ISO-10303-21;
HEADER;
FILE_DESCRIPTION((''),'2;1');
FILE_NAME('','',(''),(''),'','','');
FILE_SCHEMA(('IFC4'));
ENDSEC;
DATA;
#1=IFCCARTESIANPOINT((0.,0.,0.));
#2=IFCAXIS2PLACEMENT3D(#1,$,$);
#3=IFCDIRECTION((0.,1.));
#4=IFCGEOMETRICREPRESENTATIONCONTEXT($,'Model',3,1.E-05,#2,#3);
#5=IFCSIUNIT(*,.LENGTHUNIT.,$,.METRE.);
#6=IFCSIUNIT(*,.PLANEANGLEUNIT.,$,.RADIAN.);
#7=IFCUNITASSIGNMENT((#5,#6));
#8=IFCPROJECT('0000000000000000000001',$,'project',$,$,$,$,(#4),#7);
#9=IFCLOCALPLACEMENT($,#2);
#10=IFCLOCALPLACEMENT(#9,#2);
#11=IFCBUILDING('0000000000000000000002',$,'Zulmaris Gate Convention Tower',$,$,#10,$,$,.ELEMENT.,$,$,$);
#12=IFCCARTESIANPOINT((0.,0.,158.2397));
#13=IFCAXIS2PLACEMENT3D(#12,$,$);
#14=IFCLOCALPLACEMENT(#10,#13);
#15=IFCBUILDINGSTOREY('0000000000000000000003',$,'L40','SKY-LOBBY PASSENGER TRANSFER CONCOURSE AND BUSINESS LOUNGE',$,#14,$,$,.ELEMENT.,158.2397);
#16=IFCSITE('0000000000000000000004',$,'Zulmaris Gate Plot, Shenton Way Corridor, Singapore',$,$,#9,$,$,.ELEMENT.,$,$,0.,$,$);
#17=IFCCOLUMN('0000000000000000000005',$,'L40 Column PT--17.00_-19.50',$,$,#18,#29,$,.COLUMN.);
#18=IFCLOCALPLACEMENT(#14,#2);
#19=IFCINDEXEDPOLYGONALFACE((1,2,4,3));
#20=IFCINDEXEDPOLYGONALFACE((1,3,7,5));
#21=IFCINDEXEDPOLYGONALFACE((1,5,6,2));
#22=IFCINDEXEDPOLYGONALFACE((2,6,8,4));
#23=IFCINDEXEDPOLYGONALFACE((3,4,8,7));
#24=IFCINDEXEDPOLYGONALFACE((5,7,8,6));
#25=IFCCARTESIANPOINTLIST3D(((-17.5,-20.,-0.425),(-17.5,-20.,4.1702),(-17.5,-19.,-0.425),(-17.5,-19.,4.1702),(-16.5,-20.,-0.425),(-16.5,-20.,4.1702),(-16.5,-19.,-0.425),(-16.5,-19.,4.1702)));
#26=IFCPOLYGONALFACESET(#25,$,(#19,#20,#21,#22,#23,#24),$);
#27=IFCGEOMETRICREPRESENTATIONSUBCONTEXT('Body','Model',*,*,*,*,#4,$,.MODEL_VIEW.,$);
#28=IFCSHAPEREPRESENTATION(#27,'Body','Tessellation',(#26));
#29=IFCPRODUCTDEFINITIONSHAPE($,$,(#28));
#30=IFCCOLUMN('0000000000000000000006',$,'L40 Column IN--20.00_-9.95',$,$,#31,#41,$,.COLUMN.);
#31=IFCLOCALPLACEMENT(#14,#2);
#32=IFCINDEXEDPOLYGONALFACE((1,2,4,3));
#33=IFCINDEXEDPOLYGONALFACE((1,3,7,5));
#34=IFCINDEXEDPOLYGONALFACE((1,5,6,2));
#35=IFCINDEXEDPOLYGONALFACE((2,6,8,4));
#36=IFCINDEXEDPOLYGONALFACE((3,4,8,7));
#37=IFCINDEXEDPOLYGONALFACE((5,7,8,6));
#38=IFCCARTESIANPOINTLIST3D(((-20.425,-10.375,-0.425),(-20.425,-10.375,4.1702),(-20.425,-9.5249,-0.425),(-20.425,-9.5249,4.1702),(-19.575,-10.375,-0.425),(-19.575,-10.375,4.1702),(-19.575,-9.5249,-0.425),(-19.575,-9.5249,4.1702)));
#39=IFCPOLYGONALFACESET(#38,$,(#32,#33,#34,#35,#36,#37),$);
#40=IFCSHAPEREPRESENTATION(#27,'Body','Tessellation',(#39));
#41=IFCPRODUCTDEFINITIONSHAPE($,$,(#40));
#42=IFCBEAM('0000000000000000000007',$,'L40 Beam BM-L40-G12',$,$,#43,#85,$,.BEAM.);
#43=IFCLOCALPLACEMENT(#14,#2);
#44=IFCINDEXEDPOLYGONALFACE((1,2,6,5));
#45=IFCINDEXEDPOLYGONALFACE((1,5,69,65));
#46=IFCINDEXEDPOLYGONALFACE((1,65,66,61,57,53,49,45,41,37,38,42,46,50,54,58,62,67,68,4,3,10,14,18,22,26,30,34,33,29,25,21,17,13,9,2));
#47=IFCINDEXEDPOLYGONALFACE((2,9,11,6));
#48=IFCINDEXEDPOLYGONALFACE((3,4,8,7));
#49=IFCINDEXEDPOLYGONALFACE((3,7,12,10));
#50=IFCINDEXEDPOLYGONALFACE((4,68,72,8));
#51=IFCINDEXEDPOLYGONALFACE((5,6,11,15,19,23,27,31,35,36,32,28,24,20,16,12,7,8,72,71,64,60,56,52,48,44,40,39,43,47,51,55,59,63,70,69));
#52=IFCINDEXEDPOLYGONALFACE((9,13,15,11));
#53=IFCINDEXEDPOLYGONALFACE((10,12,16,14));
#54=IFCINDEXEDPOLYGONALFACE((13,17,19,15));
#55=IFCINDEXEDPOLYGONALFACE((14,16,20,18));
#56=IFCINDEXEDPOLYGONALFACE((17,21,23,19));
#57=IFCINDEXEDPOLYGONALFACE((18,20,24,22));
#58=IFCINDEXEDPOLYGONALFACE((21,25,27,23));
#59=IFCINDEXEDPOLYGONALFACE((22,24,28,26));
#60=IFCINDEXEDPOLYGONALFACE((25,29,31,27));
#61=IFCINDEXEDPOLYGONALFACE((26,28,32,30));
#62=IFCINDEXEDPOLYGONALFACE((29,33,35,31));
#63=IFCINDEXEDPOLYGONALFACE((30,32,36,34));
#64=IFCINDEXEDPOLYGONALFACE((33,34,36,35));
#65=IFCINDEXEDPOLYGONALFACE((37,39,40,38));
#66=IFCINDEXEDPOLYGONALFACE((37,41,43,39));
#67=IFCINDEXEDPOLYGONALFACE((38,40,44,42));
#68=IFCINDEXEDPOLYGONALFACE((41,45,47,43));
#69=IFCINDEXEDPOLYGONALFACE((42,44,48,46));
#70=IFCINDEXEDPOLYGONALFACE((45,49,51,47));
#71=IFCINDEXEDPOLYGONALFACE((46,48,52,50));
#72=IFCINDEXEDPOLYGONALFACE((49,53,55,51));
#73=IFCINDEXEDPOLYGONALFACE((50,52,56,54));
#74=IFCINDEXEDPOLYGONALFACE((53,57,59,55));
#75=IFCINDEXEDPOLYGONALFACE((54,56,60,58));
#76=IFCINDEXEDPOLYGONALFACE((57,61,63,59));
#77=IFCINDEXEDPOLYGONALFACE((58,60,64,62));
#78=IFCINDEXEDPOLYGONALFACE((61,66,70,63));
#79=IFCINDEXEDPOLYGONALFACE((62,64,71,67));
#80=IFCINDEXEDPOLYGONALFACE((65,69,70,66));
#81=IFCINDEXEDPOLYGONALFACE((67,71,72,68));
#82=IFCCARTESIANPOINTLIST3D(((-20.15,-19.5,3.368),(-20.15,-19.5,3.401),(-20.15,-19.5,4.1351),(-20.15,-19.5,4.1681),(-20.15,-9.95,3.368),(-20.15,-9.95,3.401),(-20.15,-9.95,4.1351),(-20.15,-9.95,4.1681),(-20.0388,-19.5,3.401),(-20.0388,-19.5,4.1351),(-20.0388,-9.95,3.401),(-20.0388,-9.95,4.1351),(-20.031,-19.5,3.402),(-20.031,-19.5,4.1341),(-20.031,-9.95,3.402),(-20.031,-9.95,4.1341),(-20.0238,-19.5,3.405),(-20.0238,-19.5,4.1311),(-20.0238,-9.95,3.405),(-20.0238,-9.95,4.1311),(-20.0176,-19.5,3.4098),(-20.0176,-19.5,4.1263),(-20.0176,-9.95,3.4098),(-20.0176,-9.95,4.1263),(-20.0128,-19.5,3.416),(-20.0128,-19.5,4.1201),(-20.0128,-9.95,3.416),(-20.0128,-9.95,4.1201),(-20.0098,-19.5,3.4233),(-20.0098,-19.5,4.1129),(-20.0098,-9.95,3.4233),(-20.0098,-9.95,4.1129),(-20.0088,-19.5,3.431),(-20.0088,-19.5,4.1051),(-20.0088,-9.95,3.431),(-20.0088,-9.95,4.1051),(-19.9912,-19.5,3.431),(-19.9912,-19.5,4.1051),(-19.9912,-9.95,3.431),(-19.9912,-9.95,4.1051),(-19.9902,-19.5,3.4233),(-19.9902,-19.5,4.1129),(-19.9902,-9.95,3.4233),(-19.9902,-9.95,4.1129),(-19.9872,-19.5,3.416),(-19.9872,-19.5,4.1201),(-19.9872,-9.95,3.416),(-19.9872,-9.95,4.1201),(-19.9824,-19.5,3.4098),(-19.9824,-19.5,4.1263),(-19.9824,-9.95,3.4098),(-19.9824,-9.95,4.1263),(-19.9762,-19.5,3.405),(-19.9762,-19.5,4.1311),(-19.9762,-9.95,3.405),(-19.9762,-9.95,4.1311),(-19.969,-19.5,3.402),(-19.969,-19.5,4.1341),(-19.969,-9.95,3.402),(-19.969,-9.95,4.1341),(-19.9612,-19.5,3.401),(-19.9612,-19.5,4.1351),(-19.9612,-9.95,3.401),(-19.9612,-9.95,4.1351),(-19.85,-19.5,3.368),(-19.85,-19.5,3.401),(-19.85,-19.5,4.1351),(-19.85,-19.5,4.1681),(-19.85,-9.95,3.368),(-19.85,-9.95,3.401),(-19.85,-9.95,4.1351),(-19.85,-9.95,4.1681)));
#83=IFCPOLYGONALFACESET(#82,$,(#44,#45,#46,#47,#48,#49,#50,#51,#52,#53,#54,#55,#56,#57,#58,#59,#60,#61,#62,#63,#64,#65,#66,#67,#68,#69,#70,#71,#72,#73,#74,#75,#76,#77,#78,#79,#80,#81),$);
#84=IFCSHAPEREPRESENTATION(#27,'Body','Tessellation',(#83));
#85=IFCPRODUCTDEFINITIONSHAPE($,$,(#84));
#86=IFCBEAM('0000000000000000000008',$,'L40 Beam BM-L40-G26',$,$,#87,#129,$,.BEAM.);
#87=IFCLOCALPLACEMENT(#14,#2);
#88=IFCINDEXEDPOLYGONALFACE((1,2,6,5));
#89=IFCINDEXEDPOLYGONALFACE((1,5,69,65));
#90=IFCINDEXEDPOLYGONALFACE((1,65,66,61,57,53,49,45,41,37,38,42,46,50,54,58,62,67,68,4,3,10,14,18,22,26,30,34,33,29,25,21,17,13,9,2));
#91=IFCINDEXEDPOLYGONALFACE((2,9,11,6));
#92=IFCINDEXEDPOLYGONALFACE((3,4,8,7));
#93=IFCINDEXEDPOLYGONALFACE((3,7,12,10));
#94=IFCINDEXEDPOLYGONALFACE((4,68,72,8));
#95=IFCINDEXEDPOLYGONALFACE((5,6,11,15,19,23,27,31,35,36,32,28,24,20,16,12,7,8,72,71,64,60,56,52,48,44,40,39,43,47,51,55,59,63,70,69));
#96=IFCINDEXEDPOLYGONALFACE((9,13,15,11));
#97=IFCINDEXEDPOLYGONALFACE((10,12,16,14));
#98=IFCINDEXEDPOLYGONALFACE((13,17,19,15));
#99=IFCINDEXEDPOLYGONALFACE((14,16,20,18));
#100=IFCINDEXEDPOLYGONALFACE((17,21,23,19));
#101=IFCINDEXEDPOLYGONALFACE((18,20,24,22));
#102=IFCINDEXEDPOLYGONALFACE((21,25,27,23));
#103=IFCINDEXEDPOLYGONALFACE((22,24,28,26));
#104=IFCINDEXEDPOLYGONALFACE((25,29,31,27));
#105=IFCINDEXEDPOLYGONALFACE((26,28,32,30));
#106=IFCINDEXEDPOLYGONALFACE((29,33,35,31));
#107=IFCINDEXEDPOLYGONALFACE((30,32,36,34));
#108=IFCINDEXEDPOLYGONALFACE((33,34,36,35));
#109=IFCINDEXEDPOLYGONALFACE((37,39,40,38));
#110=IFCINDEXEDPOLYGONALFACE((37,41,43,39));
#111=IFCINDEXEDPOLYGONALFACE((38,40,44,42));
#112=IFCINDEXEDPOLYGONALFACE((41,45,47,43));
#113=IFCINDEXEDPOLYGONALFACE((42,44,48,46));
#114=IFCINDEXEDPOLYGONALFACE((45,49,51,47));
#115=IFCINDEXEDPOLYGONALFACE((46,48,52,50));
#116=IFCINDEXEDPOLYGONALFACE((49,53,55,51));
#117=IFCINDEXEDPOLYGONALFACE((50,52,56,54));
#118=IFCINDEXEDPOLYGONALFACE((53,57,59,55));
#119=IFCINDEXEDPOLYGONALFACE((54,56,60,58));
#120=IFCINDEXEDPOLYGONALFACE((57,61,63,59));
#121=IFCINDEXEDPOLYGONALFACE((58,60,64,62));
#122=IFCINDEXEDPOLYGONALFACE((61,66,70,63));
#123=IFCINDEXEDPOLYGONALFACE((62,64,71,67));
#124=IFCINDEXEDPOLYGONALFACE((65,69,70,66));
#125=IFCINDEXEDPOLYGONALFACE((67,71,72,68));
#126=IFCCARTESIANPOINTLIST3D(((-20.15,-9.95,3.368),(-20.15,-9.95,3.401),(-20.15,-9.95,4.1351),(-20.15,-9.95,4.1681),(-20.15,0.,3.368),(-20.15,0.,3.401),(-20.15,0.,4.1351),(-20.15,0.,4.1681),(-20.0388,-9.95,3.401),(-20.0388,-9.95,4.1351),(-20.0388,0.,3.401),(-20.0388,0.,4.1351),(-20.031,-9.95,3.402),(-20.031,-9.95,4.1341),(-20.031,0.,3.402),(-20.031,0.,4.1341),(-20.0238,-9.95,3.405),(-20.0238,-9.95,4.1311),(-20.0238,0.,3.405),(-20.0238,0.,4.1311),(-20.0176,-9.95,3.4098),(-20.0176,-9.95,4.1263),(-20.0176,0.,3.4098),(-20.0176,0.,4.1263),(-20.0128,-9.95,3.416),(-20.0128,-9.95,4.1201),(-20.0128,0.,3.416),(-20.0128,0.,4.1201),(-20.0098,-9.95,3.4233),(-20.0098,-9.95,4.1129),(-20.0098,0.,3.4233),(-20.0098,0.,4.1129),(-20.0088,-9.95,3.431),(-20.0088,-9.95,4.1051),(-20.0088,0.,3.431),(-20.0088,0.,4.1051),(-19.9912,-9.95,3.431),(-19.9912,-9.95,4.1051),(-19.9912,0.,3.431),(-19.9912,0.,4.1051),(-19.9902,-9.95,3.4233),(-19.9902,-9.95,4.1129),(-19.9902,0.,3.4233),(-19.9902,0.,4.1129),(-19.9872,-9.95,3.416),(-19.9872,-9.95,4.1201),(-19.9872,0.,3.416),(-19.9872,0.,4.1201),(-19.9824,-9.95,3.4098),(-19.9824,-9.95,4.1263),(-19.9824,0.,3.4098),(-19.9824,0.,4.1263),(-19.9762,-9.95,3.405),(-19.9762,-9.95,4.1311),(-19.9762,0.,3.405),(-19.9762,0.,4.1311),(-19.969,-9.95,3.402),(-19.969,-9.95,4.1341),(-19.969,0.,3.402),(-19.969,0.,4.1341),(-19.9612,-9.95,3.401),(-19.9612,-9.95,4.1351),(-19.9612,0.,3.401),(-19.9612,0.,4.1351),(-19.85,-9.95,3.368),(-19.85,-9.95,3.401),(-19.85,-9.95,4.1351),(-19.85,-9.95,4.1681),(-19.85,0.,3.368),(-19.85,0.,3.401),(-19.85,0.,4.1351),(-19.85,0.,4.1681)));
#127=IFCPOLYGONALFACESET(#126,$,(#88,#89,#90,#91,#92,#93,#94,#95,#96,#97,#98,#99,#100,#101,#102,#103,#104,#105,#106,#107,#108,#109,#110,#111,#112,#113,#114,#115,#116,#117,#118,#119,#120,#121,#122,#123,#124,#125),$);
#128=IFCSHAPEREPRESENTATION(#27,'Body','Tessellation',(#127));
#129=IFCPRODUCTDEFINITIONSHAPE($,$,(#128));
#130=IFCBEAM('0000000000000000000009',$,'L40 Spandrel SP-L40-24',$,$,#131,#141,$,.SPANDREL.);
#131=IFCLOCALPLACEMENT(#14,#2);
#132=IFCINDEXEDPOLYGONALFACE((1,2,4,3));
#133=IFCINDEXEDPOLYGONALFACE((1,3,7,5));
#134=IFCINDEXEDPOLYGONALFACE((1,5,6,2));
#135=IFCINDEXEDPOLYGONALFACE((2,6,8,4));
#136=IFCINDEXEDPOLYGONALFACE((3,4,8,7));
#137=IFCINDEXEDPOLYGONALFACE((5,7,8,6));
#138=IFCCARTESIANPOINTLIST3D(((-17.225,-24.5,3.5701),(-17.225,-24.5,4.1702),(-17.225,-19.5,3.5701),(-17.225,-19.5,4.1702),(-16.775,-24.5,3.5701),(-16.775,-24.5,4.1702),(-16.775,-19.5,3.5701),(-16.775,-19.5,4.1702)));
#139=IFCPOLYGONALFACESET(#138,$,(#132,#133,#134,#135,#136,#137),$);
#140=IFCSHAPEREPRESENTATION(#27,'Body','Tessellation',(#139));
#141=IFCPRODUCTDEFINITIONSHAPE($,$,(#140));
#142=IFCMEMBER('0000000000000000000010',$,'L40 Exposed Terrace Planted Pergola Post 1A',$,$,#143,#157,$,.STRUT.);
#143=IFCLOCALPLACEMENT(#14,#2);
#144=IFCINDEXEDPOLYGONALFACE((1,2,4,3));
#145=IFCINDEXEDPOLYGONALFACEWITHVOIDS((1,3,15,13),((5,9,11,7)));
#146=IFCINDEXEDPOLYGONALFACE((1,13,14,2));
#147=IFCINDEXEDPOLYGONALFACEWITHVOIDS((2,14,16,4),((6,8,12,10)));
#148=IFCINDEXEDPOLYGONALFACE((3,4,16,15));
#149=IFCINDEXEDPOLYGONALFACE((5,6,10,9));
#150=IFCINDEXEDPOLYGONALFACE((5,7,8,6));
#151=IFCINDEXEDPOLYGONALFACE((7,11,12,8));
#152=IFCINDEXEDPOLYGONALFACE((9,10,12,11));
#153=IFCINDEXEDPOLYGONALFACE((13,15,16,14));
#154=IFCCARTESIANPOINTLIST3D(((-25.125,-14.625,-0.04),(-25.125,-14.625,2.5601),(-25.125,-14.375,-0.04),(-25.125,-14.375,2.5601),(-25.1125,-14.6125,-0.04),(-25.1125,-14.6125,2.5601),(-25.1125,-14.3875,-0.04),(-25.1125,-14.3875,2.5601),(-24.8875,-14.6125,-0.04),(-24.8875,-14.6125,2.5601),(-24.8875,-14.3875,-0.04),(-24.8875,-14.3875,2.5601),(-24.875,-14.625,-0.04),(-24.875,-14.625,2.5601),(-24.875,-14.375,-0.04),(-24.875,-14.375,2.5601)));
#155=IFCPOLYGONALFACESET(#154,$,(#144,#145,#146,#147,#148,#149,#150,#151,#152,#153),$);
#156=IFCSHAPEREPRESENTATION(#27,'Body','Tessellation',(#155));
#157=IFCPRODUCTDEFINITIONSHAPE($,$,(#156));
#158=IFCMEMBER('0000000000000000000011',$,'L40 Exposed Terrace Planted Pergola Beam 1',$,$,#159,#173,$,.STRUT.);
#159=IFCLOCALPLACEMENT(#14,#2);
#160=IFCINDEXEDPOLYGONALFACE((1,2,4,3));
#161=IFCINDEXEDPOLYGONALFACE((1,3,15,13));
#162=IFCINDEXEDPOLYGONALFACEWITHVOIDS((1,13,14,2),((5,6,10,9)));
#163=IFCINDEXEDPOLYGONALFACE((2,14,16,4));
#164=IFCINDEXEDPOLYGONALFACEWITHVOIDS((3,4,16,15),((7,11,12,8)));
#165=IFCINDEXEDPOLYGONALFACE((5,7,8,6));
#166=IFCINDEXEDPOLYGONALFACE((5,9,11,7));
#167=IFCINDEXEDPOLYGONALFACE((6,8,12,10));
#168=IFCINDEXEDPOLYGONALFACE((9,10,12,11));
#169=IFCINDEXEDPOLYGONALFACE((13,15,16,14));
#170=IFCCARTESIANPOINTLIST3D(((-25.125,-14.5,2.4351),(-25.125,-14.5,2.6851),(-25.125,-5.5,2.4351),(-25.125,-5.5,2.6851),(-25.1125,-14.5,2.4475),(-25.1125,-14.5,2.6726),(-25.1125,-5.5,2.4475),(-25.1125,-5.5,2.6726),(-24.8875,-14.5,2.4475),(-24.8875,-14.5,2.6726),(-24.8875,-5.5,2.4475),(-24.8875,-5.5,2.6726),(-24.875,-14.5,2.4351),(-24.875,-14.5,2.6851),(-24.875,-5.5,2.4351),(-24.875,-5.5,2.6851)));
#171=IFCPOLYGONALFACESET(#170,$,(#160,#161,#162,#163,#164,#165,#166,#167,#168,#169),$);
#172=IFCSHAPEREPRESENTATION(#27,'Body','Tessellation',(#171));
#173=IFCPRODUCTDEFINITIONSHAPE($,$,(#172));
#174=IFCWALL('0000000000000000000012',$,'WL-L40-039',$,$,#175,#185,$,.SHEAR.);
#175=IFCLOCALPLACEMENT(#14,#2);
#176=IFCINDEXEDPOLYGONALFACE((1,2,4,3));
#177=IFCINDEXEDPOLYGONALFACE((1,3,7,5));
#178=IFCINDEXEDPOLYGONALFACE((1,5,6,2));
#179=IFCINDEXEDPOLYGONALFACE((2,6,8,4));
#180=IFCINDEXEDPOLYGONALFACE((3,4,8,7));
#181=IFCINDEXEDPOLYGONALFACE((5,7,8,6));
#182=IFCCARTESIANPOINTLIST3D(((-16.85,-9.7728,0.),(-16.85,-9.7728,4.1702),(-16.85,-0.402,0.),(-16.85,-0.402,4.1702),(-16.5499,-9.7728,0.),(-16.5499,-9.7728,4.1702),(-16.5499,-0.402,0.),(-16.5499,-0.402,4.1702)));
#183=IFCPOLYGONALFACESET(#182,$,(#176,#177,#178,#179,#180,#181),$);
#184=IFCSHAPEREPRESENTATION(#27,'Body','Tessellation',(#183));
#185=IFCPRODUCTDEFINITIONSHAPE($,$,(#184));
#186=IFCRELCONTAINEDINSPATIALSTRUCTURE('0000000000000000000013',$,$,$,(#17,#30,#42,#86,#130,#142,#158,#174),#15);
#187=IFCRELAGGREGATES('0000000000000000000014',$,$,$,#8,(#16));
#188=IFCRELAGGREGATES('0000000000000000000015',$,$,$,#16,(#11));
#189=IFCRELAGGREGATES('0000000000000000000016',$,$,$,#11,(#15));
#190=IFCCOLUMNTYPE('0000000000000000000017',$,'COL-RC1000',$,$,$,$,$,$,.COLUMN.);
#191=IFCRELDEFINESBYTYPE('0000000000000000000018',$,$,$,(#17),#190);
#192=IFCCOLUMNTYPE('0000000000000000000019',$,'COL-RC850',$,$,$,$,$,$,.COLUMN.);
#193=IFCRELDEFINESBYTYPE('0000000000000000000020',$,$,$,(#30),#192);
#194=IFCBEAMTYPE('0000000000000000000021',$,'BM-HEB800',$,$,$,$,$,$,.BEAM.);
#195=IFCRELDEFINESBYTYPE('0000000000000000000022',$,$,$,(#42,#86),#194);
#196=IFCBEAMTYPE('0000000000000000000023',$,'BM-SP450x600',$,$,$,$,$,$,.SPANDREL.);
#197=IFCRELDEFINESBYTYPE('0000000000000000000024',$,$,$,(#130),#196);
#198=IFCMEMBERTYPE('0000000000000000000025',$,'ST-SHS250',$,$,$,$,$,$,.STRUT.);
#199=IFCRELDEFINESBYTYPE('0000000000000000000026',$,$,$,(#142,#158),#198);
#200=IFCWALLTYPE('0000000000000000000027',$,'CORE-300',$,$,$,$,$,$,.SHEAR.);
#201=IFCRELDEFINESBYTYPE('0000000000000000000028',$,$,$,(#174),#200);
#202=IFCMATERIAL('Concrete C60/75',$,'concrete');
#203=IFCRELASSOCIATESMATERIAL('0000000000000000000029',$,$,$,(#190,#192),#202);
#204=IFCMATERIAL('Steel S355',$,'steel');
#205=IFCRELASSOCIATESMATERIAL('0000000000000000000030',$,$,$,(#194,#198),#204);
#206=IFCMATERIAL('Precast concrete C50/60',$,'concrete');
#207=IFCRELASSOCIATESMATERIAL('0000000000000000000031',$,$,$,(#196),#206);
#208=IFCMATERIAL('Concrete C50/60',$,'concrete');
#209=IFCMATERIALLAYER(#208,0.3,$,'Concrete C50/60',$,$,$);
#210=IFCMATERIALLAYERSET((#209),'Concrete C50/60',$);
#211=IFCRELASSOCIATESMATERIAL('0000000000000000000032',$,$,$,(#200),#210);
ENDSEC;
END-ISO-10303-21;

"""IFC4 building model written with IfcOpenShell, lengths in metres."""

from ifc_helpers import new_model, si_unit, direction, frame, frame_2d, origin, origin_2d, place, context, subcontext, project, spatial, rectangle, hollow_rectangle, i_section, extrude, material, layer, layer_set, material_profile, profile_set, type_object, element, save


model = new_model("IFC4")

# Units and contexts
model_context = context("Model", 3, precision=1e-05, world=origin(), true_north=direction((0.0, 1.0)))
body_context = subcontext(model_context, "Body", "Model", "MODEL_VIEW")
ifc_project = project(units=[si_unit("LENGTHUNIT", "METRE"), si_unit("PLANEANGLEUNIT", "RADIAN")], contexts=[model_context])

# Site, building, storey
site_placement = place(None, origin())
site = spatial("IfcSite", under=ifc_project, at=site_placement, Name="Zulmaris Gate Plot, Shenton Way Corridor, Singapore", CompositionType="ELEMENT", RefElevation=0.0)
building_placement = place(site_placement, origin())
building = spatial("IfcBuilding", under=site, at=building_placement, Name="Zulmaris Gate Convention Tower", CompositionType="ELEMENT")
storey_placement = place(building_placement, frame((0.0, 0.0, 158.2397)))
storey = spatial("IfcBuildingStorey", under=building, at=storey_placement, Name="L40", Description="SKY-LOBBY PASSENGER TRANSFER CONCOURSE AND BUSINESS LOUNGE", CompositionType="ELEMENT", Elevation=158.2397)

# Columns
ifc_material_1 = material(Name="Concrete C60/75", Category="concrete")
ifc_material_profile_1 = material_profile(ifc_material_1, rectangle(XDim=1.0, YDim=1.0, at=origin_2d()), Name="RC COL 1000x1000")
ifc_profile_set_1 = profile_set([ifc_material_profile_1], Name="Concrete C60/75")
column_type_1 = type_object("IfcColumnType", Name="COL-RC1000", PredefinedType="COLUMN", material=ifc_profile_set_1)
column_1_placement = place(storey_placement, frame((-17.0, -19.5, -0.425), z_axis=(0.0, 0.0, 1.0), x_axis=(1.0, 0.0, 0.0)))
element("IfcColumn", 1, at=column_1_placement, inside=storey, type_object=column_type_1, Name="L40 Column PT--17.00_-19.50", PredefinedType="COLUMN", context=body_context, shape_type="SweptSolid", body=[
    extrude(rectangle(XDim=1.0, YDim=1.0, at=origin_2d()), origin(), (0.0, 0.0, 1.0), 4.5952),
])
ifc_material_profile_2 = material_profile(ifc_material_1, rectangle(XDim=0.8501, YDim=0.8501, at=origin_2d()), Name="RC COL 850x850")
ifc_profile_set_2 = profile_set([ifc_material_profile_2], Name="Concrete C60/75")
column_type_2 = type_object("IfcColumnType", Name="COL-RC850", PredefinedType="COLUMN", material=ifc_profile_set_2)
column_2_placement = place(storey_placement, frame((-20.0, -9.95, -0.425), z_axis=(0.0, 0.0, 1.0), x_axis=(1.0, 0.0, 0.0)))
element("IfcColumn", 2, at=column_2_placement, inside=storey, type_object=column_type_2, Name="L40 Column IN--20.00_-9.95", PredefinedType="COLUMN", context=body_context, shape_type="SweptSolid", body=[
    extrude(rectangle(XDim=0.8501, YDim=0.8501, at=origin_2d()), origin(), (0.0, 0.0, 1.0), 4.5952),
])

# Beams
ifc_material_2 = material(Name="Steel S355", Category="steel")
ifc_material_profile_3 = material_profile(ifc_material_2, i_section(OverallWidth=0.3, OverallDepth=0.8, WebThickness=0.0176, FlangeThickness=0.033, FilletRadius=0.03, at=origin_2d()), Name="HEB 800")
ifc_profile_set_3 = profile_set([ifc_material_profile_3], Name="Steel S355")
beam_type_1 = type_object("IfcBeamType", Name="BM-HEB800", PredefinedType="BEAM", material=ifc_profile_set_3)
beam_1_placement = place(storey_placement, frame((-20.0, -19.5, 3.7681), z_axis=(0.0, 1.0, 0.0), x_axis=(-1.0, 0.0, 0.0)))
element("IfcBeam", 3, at=beam_1_placement, inside=storey, type_object=beam_type_1, Name="L40 Beam BM-L40-G12", PredefinedType="BEAM", context=body_context, shape_type="SweptSolid", body=[
    extrude(i_section(OverallWidth=0.3, OverallDepth=0.8, WebThickness=0.0176, FlangeThickness=0.033, FilletRadius=0.03, at=origin_2d()), origin(), (0.0, 0.0, 1.0), 9.55),
])
beam_2_placement = place(storey_placement, frame((-20.0, -9.95, 3.7681), z_axis=(0.0, 1.0, 0.0), x_axis=(-1.0, 0.0, 0.0)))
element("IfcBeam", 4, at=beam_2_placement, inside=storey, type_object=beam_type_1, Name="L40 Beam BM-L40-G26", PredefinedType="BEAM", context=body_context, shape_type="SweptSolid", body=[
    extrude(i_section(OverallWidth=0.3, OverallDepth=0.8, WebThickness=0.0176, FlangeThickness=0.033, FilletRadius=0.03, at=origin_2d()), origin(), (0.0, 0.0, 1.0), 9.95),
])
ifc_material_3 = material(Name="Precast concrete C50/60", Category="concrete")
ifc_material_profile_4 = material_profile(ifc_material_3, rectangle(XDim=0.45, YDim=0.6001, at=origin_2d()), Name="RC SPANDREL 450x600")
ifc_profile_set_4 = profile_set([ifc_material_profile_4], Name="Precast concrete C50/60")
beam_type_2 = type_object("IfcBeamType", Name="BM-SP450x600", PredefinedType="SPANDREL", material=ifc_profile_set_4)
beam_3_placement = place(storey_placement, frame((-17.0, -19.5, 3.8701), z_axis=(0.0, -1.0, 0.0), x_axis=(1.0, 0.0, 0.0)))
element("IfcBeam", 5, at=beam_3_placement, inside=storey, type_object=beam_type_2, Name="L40 Spandrel SP-L40-24", PredefinedType="SPANDREL", context=body_context, shape_type="SweptSolid", body=[
    extrude(rectangle(XDim=0.45, YDim=0.6001, at=origin_2d()), origin(), (0.0, 0.0, 1.0), 5.0),
])

# Members
ifc_material_profile_5 = material_profile(ifc_material_2, hollow_rectangle(XDim=0.25, YDim=0.25, WallThickness=0.0125, at=origin_2d()), Name="SHS 250x250x12.5")
ifc_profile_set_5 = profile_set([ifc_material_profile_5], Name="Steel S355")
member_type = type_object("IfcMemberType", Name="ST-SHS250", PredefinedType="STRUT", material=ifc_profile_set_5)
member_1_placement = place(storey_placement, frame((-25.0, -14.5, -0.04), z_axis=(0.0, 0.0, 1.0), x_axis=(1.0, 0.0, 0.0)))
element("IfcMember", 6, at=member_1_placement, inside=storey, type_object=member_type, Name="L40 Exposed Terrace Planted Pergola Post 1A", PredefinedType="STRUT", context=body_context, shape_type="SweptSolid", body=[
    extrude(hollow_rectangle(XDim=0.25, YDim=0.25, WallThickness=0.0125, at=origin_2d()), origin(), (0.0, 0.0, 1.0), 2.6001),
])
member_2_placement = place(storey_placement, frame((-25.0, -14.5, 2.5601), z_axis=(0.0, 1.0, 0.0), x_axis=(-1.0, 0.0, 0.0)))
element("IfcMember", 7, at=member_2_placement, inside=storey, type_object=member_type, Name="L40 Exposed Terrace Planted Pergola Beam 1", PredefinedType="STRUT", context=body_context, shape_type="SweptSolid", body=[
    extrude(hollow_rectangle(XDim=0.25, YDim=0.25, WallThickness=0.0125, at=origin_2d()), origin(), (0.0, 0.0, 1.0), 9.0),
])

# Wall
ifc_material_4 = material(Name="Concrete C50/60", Category="concrete")
ifc_layer_1 = layer(ifc_material_4, 0.3, Name="Concrete C50/60")
ifc_layer_set_1 = layer_set([ifc_layer_1], Name="Concrete C50/60")
wall_type_1 = type_object("IfcWallType", Name="CORE-300", PredefinedType="SHEAR", material=ifc_layer_set_1)
wall_1_placement = place(storey_placement, frame((-16.7, -9.7729, 0.0), z_axis=(0.0, 0.0, 1.0), x_axis=(0.0, 1.0, 0.0)))
element("IfcWall", 8, at=wall_1_placement, inside=storey, type_object=wall_type_1, Name="WL-L40-039", PredefinedType="SHEAR", context=body_context, shape_type="SweptSolid", body=[
    extrude(rectangle(XDim=9.3708, YDim=0.3, at=frame_2d((4.6855, 0.0))), origin(), (0.0, 0.0, 1.0), 4.1702),
])

save(model, "model.ifc")
